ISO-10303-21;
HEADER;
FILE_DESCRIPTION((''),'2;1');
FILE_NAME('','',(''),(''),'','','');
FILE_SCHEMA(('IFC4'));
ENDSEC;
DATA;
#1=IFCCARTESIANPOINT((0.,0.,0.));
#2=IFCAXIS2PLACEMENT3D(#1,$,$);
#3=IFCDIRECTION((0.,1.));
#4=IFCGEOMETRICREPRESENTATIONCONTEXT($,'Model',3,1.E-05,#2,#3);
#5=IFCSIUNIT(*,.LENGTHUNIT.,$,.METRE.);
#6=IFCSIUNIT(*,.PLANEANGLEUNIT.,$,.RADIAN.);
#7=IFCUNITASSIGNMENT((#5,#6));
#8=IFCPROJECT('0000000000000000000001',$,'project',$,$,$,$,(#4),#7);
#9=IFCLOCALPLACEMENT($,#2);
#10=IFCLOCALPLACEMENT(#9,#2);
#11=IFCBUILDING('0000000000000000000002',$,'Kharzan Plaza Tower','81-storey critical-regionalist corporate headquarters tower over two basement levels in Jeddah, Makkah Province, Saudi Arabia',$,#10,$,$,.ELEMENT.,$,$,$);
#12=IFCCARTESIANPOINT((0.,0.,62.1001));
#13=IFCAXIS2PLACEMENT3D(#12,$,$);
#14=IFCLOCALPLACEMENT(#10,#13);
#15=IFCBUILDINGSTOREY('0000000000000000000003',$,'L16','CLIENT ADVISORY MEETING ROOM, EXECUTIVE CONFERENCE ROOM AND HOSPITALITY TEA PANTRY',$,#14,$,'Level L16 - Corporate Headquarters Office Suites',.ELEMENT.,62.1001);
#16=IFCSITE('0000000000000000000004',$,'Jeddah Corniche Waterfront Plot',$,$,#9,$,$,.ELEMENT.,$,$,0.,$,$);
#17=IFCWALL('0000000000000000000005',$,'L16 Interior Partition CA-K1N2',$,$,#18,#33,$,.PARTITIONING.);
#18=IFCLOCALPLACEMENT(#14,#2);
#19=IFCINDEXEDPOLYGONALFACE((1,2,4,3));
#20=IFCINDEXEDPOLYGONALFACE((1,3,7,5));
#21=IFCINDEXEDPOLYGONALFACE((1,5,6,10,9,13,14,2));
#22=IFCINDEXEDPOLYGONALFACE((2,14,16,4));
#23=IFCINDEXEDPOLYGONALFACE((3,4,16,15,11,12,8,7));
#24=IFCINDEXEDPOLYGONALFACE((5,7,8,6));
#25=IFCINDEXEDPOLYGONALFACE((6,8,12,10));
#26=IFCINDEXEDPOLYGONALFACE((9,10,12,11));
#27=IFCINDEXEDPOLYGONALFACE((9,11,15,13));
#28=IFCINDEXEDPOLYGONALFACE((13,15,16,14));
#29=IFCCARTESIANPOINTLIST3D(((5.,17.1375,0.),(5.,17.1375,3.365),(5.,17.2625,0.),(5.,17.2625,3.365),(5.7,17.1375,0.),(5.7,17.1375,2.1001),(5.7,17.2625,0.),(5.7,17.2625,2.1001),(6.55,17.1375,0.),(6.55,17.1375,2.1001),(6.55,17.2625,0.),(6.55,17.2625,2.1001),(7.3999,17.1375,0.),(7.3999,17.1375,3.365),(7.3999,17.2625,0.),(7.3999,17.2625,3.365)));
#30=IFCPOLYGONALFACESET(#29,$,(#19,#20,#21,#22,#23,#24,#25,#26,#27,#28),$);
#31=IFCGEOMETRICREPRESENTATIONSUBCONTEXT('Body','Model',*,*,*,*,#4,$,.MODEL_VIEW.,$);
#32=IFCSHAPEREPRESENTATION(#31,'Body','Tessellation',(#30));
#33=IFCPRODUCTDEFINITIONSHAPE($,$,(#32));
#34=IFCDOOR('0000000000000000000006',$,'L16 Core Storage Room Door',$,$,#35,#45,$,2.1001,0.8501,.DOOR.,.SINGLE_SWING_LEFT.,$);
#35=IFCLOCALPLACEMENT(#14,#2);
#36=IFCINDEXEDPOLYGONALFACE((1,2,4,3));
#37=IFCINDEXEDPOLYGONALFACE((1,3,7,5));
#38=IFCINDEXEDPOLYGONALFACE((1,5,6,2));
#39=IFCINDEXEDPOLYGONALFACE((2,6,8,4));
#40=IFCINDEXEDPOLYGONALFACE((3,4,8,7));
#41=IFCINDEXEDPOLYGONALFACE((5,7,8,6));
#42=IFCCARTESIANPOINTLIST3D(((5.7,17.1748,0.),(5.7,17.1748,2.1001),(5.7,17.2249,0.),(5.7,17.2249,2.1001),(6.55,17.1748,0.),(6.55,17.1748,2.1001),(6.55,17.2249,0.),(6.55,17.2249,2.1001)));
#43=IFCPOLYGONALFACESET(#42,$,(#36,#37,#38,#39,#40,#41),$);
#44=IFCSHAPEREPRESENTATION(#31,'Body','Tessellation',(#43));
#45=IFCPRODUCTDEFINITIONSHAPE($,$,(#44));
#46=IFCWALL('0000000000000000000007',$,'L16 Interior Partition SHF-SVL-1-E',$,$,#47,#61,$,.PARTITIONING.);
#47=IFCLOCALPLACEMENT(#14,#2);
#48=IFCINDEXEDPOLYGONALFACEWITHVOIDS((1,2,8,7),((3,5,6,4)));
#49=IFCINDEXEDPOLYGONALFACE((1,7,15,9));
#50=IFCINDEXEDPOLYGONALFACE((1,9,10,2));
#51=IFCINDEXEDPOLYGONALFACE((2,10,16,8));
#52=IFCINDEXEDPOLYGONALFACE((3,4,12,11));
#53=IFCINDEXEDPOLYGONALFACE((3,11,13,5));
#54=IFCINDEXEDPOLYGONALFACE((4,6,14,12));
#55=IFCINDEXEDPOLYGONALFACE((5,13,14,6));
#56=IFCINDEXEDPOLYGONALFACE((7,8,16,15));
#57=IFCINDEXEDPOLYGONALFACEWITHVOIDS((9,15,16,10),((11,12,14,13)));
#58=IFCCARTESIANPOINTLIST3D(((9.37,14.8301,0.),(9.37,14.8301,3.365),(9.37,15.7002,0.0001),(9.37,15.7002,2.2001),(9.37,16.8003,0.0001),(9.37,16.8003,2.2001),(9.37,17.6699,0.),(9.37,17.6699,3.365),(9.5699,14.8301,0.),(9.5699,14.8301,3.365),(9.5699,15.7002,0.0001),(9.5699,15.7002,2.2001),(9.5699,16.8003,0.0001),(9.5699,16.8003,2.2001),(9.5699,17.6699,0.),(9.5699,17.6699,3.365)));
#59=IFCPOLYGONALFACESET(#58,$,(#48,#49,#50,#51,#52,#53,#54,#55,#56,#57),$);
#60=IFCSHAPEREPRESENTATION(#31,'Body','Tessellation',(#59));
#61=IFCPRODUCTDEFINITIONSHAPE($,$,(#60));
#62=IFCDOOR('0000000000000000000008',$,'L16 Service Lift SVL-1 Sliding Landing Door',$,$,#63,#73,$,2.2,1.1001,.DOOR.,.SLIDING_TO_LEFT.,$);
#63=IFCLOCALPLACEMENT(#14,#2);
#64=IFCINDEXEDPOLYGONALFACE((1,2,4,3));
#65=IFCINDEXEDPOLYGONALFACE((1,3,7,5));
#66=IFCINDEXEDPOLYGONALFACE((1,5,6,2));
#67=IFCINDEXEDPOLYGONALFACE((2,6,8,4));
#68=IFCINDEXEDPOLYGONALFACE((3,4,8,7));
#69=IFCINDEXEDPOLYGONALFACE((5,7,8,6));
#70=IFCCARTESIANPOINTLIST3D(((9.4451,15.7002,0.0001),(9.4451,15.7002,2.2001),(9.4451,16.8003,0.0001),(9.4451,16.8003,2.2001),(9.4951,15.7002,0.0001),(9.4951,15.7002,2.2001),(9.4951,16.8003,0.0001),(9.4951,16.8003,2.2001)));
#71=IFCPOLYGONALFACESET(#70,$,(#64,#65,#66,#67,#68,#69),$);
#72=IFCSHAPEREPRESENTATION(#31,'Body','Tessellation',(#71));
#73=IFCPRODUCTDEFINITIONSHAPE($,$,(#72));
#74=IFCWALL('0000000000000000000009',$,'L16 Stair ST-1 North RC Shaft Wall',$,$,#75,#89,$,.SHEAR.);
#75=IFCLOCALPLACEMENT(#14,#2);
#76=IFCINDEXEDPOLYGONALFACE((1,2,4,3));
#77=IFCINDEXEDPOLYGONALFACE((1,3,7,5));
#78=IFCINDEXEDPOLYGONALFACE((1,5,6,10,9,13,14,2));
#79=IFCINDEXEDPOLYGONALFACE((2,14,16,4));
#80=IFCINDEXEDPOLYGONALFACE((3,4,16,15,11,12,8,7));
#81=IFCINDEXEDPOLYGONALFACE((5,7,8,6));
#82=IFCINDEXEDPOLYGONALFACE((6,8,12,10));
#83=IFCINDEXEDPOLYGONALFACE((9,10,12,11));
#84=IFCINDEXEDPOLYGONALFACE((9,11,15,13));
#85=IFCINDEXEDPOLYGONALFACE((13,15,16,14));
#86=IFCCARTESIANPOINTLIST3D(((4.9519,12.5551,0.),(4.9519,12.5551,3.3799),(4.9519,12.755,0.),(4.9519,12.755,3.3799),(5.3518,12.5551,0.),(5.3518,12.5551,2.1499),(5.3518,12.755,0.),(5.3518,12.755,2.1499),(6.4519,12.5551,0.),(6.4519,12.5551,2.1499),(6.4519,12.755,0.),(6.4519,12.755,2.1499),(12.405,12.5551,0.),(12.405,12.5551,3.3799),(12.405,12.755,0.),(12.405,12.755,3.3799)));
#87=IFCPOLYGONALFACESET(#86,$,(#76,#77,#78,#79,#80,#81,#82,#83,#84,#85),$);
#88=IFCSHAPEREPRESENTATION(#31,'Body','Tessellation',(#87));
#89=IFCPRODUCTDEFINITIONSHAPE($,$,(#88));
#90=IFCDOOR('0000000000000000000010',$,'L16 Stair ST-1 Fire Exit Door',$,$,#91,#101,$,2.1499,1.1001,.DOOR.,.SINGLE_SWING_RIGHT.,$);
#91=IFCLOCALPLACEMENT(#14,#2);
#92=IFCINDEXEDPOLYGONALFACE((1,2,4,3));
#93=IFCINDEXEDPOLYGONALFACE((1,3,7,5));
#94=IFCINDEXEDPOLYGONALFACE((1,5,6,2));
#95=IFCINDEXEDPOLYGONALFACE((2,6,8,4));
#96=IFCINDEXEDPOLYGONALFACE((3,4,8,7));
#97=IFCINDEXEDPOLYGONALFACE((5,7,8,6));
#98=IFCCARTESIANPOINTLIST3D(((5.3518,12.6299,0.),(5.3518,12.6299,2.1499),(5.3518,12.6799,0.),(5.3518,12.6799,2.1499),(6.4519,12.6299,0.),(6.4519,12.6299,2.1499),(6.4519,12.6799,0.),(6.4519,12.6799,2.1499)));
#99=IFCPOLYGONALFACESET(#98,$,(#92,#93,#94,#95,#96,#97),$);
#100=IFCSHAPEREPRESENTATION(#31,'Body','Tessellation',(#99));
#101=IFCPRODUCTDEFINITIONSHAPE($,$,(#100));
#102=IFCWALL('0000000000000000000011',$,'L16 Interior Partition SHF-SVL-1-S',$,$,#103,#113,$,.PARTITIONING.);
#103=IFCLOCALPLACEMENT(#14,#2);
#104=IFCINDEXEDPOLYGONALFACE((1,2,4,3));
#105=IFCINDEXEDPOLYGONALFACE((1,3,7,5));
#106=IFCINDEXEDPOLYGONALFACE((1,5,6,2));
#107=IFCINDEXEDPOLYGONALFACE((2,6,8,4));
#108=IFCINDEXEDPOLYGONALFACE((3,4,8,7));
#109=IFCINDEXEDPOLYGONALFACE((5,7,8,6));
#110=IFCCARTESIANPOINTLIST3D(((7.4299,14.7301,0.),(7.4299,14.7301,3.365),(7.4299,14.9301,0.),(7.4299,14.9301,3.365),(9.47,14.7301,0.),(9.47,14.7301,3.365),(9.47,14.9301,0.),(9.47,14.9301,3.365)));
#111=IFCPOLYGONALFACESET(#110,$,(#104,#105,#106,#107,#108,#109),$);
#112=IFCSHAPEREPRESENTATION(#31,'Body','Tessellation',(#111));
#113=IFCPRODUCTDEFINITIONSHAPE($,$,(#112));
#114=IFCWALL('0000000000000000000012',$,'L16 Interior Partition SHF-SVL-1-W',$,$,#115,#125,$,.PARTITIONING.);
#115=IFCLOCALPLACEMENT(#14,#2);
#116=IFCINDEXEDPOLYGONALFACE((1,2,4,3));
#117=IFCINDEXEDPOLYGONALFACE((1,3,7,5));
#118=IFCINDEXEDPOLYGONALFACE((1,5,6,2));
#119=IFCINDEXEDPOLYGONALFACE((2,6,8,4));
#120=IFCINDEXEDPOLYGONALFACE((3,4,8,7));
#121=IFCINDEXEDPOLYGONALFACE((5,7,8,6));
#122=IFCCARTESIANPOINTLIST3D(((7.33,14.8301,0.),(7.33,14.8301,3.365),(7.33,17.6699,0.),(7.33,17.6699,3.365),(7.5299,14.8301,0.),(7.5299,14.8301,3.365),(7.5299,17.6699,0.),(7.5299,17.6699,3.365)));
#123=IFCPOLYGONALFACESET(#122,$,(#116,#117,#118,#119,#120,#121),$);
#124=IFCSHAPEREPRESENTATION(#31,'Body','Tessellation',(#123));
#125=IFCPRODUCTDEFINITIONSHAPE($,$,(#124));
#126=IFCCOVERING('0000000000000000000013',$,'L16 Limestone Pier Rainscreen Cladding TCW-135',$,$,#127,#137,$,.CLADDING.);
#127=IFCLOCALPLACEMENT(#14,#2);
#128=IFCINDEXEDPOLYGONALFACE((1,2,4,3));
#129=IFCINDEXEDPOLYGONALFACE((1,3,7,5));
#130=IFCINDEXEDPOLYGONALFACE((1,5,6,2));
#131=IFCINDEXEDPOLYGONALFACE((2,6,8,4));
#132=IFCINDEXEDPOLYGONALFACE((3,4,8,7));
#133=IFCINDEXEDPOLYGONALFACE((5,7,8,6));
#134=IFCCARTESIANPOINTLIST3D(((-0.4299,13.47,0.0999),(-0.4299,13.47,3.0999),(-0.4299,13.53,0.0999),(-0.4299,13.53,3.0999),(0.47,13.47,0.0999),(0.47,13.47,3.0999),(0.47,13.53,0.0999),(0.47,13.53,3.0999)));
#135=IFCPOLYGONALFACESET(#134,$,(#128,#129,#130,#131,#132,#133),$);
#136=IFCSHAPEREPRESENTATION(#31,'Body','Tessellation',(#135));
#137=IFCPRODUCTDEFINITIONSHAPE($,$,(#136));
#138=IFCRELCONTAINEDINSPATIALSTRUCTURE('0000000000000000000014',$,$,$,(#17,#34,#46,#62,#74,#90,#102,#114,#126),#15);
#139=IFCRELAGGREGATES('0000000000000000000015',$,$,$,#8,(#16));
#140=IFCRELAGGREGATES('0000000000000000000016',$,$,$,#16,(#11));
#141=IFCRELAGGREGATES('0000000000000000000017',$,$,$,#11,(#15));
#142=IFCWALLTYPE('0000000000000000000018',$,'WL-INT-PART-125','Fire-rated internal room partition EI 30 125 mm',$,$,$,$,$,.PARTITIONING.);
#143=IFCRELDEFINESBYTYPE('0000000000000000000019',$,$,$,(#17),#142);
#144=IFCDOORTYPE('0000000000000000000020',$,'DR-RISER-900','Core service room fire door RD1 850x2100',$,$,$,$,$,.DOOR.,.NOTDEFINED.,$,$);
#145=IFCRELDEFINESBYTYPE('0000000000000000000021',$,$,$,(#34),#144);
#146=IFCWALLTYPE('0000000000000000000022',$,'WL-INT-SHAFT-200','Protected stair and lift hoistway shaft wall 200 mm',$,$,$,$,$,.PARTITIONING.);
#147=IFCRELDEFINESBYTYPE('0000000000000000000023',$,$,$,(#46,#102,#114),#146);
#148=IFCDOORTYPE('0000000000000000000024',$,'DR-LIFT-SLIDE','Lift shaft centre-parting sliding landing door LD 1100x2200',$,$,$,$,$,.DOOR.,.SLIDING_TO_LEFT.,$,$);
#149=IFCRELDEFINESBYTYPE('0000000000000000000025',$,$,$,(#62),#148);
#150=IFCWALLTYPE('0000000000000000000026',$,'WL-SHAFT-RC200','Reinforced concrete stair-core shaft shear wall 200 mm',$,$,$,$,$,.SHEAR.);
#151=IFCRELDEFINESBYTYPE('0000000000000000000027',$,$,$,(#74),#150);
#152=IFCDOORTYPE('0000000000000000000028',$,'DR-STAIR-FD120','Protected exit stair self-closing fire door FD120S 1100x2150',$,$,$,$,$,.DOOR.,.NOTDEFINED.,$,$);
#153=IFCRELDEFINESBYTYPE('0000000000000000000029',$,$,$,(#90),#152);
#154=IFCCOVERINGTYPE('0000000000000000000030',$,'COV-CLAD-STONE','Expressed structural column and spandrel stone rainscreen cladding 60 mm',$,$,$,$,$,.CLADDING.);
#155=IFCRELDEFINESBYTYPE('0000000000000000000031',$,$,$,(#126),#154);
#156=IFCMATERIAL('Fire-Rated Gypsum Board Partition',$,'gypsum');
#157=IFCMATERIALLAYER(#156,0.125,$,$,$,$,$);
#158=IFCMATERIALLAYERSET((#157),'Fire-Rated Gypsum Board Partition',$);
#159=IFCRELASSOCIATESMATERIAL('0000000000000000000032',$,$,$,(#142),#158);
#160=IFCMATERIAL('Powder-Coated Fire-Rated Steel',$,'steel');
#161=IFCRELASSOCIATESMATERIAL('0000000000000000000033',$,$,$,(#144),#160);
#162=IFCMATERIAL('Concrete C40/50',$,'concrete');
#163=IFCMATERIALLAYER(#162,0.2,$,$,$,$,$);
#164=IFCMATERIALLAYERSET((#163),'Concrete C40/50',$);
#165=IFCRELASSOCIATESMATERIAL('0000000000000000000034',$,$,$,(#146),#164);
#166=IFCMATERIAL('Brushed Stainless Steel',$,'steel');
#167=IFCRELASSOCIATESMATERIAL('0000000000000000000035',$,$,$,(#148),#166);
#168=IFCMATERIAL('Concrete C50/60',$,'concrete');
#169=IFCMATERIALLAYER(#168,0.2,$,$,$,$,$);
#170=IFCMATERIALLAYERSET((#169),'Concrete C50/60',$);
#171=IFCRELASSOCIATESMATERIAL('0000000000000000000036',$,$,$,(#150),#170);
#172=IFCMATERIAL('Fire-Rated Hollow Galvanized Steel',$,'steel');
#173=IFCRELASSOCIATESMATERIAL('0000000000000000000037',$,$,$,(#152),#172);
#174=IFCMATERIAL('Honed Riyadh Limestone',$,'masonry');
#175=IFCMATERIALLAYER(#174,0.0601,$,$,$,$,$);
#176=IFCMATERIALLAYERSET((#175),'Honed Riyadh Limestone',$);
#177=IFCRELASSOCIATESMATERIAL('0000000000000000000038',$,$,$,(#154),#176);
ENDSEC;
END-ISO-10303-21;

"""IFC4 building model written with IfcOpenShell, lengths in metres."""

from ifc_helpers import new_model, si_unit, direction, frame, frame_2d, origin, origin_2d, place, context, subcontext, project, spatial, rectangle, extrude, source, transform, mapped, material, layer, layer_set, type_object, element, fill, save


model = new_model("IFC4")

# Units and contexts
model_context = context("Model", 3, precision=1e-05, world=origin(), true_north=direction((0.0, 1.0)))
body_context = subcontext(model_context, "Body", "Model", "MODEL_VIEW")
ifc_project = project(units=[si_unit("LENGTHUNIT", "METRE"), si_unit("PLANEANGLEUNIT", "RADIAN")], contexts=[model_context])

# Site, building, storey
site_placement = place(None, origin())
site = spatial("IfcSite", under=ifc_project, at=site_placement, Name="Jeddah Corniche Waterfront Plot", CompositionType="ELEMENT", RefElevation=0.0)
building_placement = place(site_placement, origin())
building = spatial("IfcBuilding", under=site, at=building_placement, Name="Kharzan Plaza Tower", Description="81-storey critical-regionalist corporate headquarters tower over two basement levels in Jeddah, Makkah Province, Saudi Arabia", CompositionType="ELEMENT")
storey_placement = place(building_placement, frame((0.0, 0.0, 62.1001)))
storey = spatial("IfcBuildingStorey", under=building, at=storey_placement, Name="L16", Description="CLIENT ADVISORY MEETING ROOM, EXECUTIVE CONFERENCE ROOM AND HOSPITALITY TEA PANTRY", LongName="Level L16 - Corporate Headquarters Office Suites", CompositionType="ELEMENT", Elevation=62.1001)

# Shared definitions
ifc_material_1 = material(Name="Concrete C40/50", Category="concrete")

# Walls, openings, doors
ifc_material_2 = material(Name="Fire-Rated Gypsum Board Partition", Category="gypsum")
ifc_layer_1 = layer(ifc_material_2, 0.125)
ifc_layer_set_1 = layer_set([ifc_layer_1], Name="Fire-Rated Gypsum Board Partition")
wall_type_1 = type_object("IfcWallType", Name="WL-INT-PART-125", Description="Fire-rated internal room partition EI 30 125 mm", PredefinedType="PARTITIONING", material=ifc_layer_set_1)
ifc_material_3 = material(Name="Powder-Coated Fire-Rated Steel", Category="steel")
door_type_1 = type_object("IfcDoorType", Name="DR-RISER-900", Description="Core service room fire door RD1 850x2100", OperationType="NOTDEFINED", PredefinedType="DOOR", material=ifc_material_3)
shared_shape_1 = source(origin(), body_context, "Body", "SweptSolid", [
    extrude(rectangle(XDim=0.8501, YDim=2.1001, at=frame_2d((0.425, 1.05))), frame((0.0, 0.0249, 0.0), z_axis=(0.0, -1.0, 0.0), x_axis=(1.0, 0.0, 0.0)), (0.0, 0.0, 1.0), 0.05),
])
wall_1_placement = place(storey_placement, frame((5.0, 17.2, 0.0), z_axis=(0.0, 0.0, 1.0), x_axis=(1.0, 0.0, 0.0)))
wall_1 = element("IfcWall", 1, at=wall_1_placement, inside=storey, type_object=wall_type_1, Name="L16 Interior Partition CA-K1N2", PredefinedType="PARTITIONING", context=body_context, shape_type="SweptSolid", body=[
    extrude(rectangle(XDim=2.3999, YDim=0.125, at=frame_2d((1.2, 0.0))), origin(), (0.0, 0.0, 1.0), 3.365),
])
opening_1_placement = place(wall_1_placement, frame((0.7, 0.0, 0.0)))
opening_1 = element("IfcOpeningElement", 2, at=opening_1_placement, cuts=wall_1, PredefinedType="OPENING", context=body_context, shape_type="SweptSolid", body=[
    extrude(rectangle(XDim=0.8501, YDim=2.1001, at=frame_2d((0.425, 1.05))), frame((0.0, 0.0725, 0.0), z_axis=(0.0, -1.0, 0.0), x_axis=(1.0, 0.0, 0.0)), (0.0, 0.0, 1.0), 0.145),
])
door_1_placement = place(opening_1_placement, origin())
door_1 = element("IfcDoor", 3, at=door_1_placement, inside=storey, type_object=door_type_1, Name="L16 Core Storage Room Door", OperationType="SINGLE_SWING_LEFT", OverallHeight=2.1001, OverallWidth=0.8501, PredefinedType="DOOR", context=body_context, shape_type="MappedRepresentation", body=[
    mapped(shared_shape_1, transform((0.0, 0.0, 0.0), x_axis=(1.0, 0.0, 0.0), y_axis=(0.0, 1.0, 0.0), z_axis=(0.0, 0.0, 1.0))),
])
fill(opening_1, door_1)
ifc_layer_2 = layer(ifc_material_1, 0.2)
ifc_layer_set_2 = layer_set([ifc_layer_2], Name="Concrete C40/50")
wall_type_2 = type_object("IfcWallType", Name="WL-INT-SHAFT-200", Description="Protected stair and lift hoistway shaft wall 200 mm", PredefinedType="PARTITIONING", material=ifc_layer_set_2)
wall_2_placement = place(storey_placement, frame((9.47, 14.8301, 0.0), z_axis=(0.0, 0.0, 1.0), x_axis=(0.0, 1.0, 0.0)))
wall_2 = element("IfcWall", 4, at=wall_2_placement, inside=storey, type_object=wall_type_2, Name="L16 Interior Partition SHF-SVL-1-E", PredefinedType="PARTITIONING", context=body_context, shape_type="SweptSolid", body=[
    extrude(rectangle(XDim=2.8398, YDim=0.2, at=frame_2d((1.4199, 0.0))), origin(), (0.0, 0.0, 1.0), 3.365),
])
opening_2_placement = place(wall_2_placement, frame((0.8701, 0.0, 0.0)))
opening_2 = element("IfcOpeningElement", 5, at=opening_2_placement, cuts=wall_2, PredefinedType="OPENING", context=body_context, shape_type="SweptSolid", body=[
    extrude(rectangle(XDim=1.1001, YDim=2.2, at=frame_2d((0.55, 1.1001))), frame((0.0, 0.1099, 0.0), z_axis=(0.0, -1.0, 0.0), x_axis=(1.0, 0.0, 0.0)), (0.0, 0.0, 1.0), 0.22),
])
ifc_material_4 = material(Name="Brushed Stainless Steel", Category="steel")
door_type_2 = type_object("IfcDoorType", Name="DR-LIFT-SLIDE", Description="Lift shaft centre-parting sliding landing door LD 1100x2200", OperationType="SLIDING_TO_LEFT", PredefinedType="DOOR", material=ifc_material_4)
shared_shape_2 = source(origin(), body_context, "Body", "SweptSolid", [
    extrude(rectangle(XDim=1.1001, YDim=2.2, at=frame_2d((0.55, 1.1001))), frame((0.0, 0.0249, 0.0), z_axis=(0.0, -1.0, 0.0), x_axis=(1.0, 0.0, 0.0)), (0.0, 0.0, 1.0), 0.05),
])
door_2_placement = place(opening_2_placement, origin())
door_2 = element("IfcDoor", 6, at=door_2_placement, inside=storey, type_object=door_type_2, Name="L16 Service Lift SVL-1 Sliding Landing Door", OperationType="SLIDING_TO_LEFT", OverallHeight=2.2, OverallWidth=1.1001, PredefinedType="DOOR", context=body_context, shape_type="MappedRepresentation", body=[
    mapped(shared_shape_2, transform((0.0, 0.0, 0.0), x_axis=(1.0, 0.0, 0.0), y_axis=(0.0, 1.0, 0.0), z_axis=(0.0, 0.0, 1.0))),
])
fill(opening_2, door_2)
ifc_material_5 = material(Name="Concrete C50/60", Category="concrete")
ifc_layer_3 = layer(ifc_material_5, 0.2)
ifc_layer_set_3 = layer_set([ifc_layer_3], Name="Concrete C50/60")
wall_type_3 = type_object("IfcWallType", Name="WL-SHAFT-RC200", Description="Reinforced concrete stair-core shaft shear wall 200 mm", PredefinedType="SHEAR", material=ifc_layer_set_3)
wall_3_placement = place(storey_placement, frame((4.9519, 12.655, 0.0), z_axis=(0.0, 0.0, 1.0), x_axis=(1.0, 0.0, 0.0)))
wall_3 = element("IfcWall", 7, at=wall_3_placement, inside=storey, type_object=wall_type_3, Name="L16 Stair ST-1 North RC Shaft Wall", PredefinedType="SHEAR", context=body_context, shape_type="SweptSolid", body=[
    extrude(rectangle(XDim=7.4531, YDim=0.2, at=frame_2d((3.7266, 0.0))), origin(), (0.0, 0.0, 1.0), 3.3799),
])
opening_3_placement = place(wall_3_placement, frame((0.3999, 0.0, 0.0)))
opening_3 = element("IfcOpeningElement", 8, at=opening_3_placement, cuts=wall_3, PredefinedType="OPENING", context=body_context, shape_type="SweptSolid", body=[
    extrude(rectangle(XDim=1.1001, YDim=2.1499, at=frame_2d((0.55, 1.075))), frame((0.0, 0.1099, 0.0), z_axis=(0.0, -1.0, 0.0), x_axis=(1.0, 0.0, 0.0)), (0.0, 0.0, 1.0), 0.22),
])
ifc_material_6 = material(Name="Fire-Rated Hollow Galvanized Steel", Category="steel")
door_type_3 = type_object("IfcDoorType", Name="DR-STAIR-FD120", Description="Protected exit stair self-closing fire door FD120S 1100x2150", OperationType="NOTDEFINED", PredefinedType="DOOR", material=ifc_material_6)
shared_shape_3 = source(origin(), body_context, "Body", "SweptSolid", [
    extrude(rectangle(XDim=1.1001, YDim=2.1499, at=frame_2d((0.55, 1.075))), frame((0.0, 0.0249, 0.0), z_axis=(0.0, -1.0, 0.0), x_axis=(1.0, 0.0, 0.0)), (0.0, 0.0, 1.0), 0.05),
])
door_3_placement = place(opening_3_placement, origin())
door_3 = element("IfcDoor", 9, at=door_3_placement, inside=storey, type_object=door_type_3, Name="L16 Stair ST-1 Fire Exit Door", OperationType="SINGLE_SWING_RIGHT", OverallHeight=2.1499, OverallWidth=1.1001, PredefinedType="DOOR", context=body_context, shape_type="MappedRepresentation", body=[
    mapped(shared_shape_3, transform((0.0, 0.0, 0.0), x_axis=(1.0, 0.0, 0.0), y_axis=(0.0, 1.0, 0.0), z_axis=(0.0, 0.0, 1.0))),
])
fill(opening_3, door_3)

# Walls
shared_shape_4 = source(origin(), body_context, "Body", "SweptSolid", [
    extrude(rectangle(XDim=2.04, YDim=0.2, at=frame_2d((1.02, 0.0))), origin(), (0.0, 0.0, 1.0), 3.365),
])
wall_4_placement = place(storey_placement, frame((7.4299, 14.8301, 0.0), z_axis=(0.0, 0.0, 1.0), x_axis=(1.0, 0.0, 0.0)))
element("IfcWall", 10, at=wall_4_placement, inside=storey, type_object=wall_type_2, Name="L16 Interior Partition SHF-SVL-1-S", PredefinedType="PARTITIONING", context=body_context, shape_type="MappedRepresentation", body=[
    mapped(shared_shape_4, transform((0.0, 0.0, 0.0), x_axis=(1.0, 0.0, 0.0), y_axis=(0.0, 1.0, 0.0), z_axis=(0.0, 0.0, 1.0))),
])
shared_shape_5 = source(origin(), body_context, "Body", "SweptSolid", [
    extrude(rectangle(XDim=2.8398, YDim=0.2, at=frame_2d((1.4199, 0.0))), origin(), (0.0, 0.0, 1.0), 3.365),
])
wall_5_placement = place(storey_placement, frame((7.4299, 14.8301, 0.0), z_axis=(0.0, 0.0, 1.0), x_axis=(0.0, 1.0, 0.0)))
element("IfcWall", 11, at=wall_5_placement, inside=storey, type_object=wall_type_2, Name="L16 Interior Partition SHF-SVL-1-W", PredefinedType="PARTITIONING", context=body_context, shape_type="MappedRepresentation", body=[
    mapped(shared_shape_5, transform((0.0, 0.0, 0.0), x_axis=(1.0, 0.0, 0.0), y_axis=(0.0, 1.0, 0.0), z_axis=(0.0, 0.0, 1.0))),
])

# Covering
ifc_material_7 = material(Name="Honed Riyadh Limestone", Category="masonry")
ifc_layer_4 = layer(ifc_material_7, 0.0601)
ifc_layer_set_4 = layer_set([ifc_layer_4], Name="Honed Riyadh Limestone")
covering_type = type_object("IfcCoveringType", Name="COV-CLAD-STONE", Description="Expressed structural column and spandrel stone rainscreen cladding 60 mm", PredefinedType="CLADDING", material=ifc_layer_set_4)
shared_shape_6 = source(origin(), body_context, "Body", "SweptSolid", [
    extrude(rectangle(XDim=0.0601, YDim=0.8999, at=origin_2d()), origin(), (0.0, 0.0, 1.0), 3.0),
])
covering_placement = place(storey_placement, frame((0.02, 13.5, 0.0999), z_axis=(0.0, 0.0, 1.0), x_axis=(0.0, 1.0, 0.0)))
element("IfcCovering", 12, at=covering_placement, inside=storey, type_object=covering_type, Name="L16 Limestone Pier Rainscreen Cladding TCW-135", PredefinedType="CLADDING", context=body_context, shape_type="MappedRepresentation", body=[
    mapped(shared_shape_6, transform((0.0, 0.0, 0.0), x_axis=(1.0, 0.0, 0.0), y_axis=(0.0, 1.0, 0.0), z_axis=(0.0, 0.0, 1.0))),
])

save(model, "model.ifc")
